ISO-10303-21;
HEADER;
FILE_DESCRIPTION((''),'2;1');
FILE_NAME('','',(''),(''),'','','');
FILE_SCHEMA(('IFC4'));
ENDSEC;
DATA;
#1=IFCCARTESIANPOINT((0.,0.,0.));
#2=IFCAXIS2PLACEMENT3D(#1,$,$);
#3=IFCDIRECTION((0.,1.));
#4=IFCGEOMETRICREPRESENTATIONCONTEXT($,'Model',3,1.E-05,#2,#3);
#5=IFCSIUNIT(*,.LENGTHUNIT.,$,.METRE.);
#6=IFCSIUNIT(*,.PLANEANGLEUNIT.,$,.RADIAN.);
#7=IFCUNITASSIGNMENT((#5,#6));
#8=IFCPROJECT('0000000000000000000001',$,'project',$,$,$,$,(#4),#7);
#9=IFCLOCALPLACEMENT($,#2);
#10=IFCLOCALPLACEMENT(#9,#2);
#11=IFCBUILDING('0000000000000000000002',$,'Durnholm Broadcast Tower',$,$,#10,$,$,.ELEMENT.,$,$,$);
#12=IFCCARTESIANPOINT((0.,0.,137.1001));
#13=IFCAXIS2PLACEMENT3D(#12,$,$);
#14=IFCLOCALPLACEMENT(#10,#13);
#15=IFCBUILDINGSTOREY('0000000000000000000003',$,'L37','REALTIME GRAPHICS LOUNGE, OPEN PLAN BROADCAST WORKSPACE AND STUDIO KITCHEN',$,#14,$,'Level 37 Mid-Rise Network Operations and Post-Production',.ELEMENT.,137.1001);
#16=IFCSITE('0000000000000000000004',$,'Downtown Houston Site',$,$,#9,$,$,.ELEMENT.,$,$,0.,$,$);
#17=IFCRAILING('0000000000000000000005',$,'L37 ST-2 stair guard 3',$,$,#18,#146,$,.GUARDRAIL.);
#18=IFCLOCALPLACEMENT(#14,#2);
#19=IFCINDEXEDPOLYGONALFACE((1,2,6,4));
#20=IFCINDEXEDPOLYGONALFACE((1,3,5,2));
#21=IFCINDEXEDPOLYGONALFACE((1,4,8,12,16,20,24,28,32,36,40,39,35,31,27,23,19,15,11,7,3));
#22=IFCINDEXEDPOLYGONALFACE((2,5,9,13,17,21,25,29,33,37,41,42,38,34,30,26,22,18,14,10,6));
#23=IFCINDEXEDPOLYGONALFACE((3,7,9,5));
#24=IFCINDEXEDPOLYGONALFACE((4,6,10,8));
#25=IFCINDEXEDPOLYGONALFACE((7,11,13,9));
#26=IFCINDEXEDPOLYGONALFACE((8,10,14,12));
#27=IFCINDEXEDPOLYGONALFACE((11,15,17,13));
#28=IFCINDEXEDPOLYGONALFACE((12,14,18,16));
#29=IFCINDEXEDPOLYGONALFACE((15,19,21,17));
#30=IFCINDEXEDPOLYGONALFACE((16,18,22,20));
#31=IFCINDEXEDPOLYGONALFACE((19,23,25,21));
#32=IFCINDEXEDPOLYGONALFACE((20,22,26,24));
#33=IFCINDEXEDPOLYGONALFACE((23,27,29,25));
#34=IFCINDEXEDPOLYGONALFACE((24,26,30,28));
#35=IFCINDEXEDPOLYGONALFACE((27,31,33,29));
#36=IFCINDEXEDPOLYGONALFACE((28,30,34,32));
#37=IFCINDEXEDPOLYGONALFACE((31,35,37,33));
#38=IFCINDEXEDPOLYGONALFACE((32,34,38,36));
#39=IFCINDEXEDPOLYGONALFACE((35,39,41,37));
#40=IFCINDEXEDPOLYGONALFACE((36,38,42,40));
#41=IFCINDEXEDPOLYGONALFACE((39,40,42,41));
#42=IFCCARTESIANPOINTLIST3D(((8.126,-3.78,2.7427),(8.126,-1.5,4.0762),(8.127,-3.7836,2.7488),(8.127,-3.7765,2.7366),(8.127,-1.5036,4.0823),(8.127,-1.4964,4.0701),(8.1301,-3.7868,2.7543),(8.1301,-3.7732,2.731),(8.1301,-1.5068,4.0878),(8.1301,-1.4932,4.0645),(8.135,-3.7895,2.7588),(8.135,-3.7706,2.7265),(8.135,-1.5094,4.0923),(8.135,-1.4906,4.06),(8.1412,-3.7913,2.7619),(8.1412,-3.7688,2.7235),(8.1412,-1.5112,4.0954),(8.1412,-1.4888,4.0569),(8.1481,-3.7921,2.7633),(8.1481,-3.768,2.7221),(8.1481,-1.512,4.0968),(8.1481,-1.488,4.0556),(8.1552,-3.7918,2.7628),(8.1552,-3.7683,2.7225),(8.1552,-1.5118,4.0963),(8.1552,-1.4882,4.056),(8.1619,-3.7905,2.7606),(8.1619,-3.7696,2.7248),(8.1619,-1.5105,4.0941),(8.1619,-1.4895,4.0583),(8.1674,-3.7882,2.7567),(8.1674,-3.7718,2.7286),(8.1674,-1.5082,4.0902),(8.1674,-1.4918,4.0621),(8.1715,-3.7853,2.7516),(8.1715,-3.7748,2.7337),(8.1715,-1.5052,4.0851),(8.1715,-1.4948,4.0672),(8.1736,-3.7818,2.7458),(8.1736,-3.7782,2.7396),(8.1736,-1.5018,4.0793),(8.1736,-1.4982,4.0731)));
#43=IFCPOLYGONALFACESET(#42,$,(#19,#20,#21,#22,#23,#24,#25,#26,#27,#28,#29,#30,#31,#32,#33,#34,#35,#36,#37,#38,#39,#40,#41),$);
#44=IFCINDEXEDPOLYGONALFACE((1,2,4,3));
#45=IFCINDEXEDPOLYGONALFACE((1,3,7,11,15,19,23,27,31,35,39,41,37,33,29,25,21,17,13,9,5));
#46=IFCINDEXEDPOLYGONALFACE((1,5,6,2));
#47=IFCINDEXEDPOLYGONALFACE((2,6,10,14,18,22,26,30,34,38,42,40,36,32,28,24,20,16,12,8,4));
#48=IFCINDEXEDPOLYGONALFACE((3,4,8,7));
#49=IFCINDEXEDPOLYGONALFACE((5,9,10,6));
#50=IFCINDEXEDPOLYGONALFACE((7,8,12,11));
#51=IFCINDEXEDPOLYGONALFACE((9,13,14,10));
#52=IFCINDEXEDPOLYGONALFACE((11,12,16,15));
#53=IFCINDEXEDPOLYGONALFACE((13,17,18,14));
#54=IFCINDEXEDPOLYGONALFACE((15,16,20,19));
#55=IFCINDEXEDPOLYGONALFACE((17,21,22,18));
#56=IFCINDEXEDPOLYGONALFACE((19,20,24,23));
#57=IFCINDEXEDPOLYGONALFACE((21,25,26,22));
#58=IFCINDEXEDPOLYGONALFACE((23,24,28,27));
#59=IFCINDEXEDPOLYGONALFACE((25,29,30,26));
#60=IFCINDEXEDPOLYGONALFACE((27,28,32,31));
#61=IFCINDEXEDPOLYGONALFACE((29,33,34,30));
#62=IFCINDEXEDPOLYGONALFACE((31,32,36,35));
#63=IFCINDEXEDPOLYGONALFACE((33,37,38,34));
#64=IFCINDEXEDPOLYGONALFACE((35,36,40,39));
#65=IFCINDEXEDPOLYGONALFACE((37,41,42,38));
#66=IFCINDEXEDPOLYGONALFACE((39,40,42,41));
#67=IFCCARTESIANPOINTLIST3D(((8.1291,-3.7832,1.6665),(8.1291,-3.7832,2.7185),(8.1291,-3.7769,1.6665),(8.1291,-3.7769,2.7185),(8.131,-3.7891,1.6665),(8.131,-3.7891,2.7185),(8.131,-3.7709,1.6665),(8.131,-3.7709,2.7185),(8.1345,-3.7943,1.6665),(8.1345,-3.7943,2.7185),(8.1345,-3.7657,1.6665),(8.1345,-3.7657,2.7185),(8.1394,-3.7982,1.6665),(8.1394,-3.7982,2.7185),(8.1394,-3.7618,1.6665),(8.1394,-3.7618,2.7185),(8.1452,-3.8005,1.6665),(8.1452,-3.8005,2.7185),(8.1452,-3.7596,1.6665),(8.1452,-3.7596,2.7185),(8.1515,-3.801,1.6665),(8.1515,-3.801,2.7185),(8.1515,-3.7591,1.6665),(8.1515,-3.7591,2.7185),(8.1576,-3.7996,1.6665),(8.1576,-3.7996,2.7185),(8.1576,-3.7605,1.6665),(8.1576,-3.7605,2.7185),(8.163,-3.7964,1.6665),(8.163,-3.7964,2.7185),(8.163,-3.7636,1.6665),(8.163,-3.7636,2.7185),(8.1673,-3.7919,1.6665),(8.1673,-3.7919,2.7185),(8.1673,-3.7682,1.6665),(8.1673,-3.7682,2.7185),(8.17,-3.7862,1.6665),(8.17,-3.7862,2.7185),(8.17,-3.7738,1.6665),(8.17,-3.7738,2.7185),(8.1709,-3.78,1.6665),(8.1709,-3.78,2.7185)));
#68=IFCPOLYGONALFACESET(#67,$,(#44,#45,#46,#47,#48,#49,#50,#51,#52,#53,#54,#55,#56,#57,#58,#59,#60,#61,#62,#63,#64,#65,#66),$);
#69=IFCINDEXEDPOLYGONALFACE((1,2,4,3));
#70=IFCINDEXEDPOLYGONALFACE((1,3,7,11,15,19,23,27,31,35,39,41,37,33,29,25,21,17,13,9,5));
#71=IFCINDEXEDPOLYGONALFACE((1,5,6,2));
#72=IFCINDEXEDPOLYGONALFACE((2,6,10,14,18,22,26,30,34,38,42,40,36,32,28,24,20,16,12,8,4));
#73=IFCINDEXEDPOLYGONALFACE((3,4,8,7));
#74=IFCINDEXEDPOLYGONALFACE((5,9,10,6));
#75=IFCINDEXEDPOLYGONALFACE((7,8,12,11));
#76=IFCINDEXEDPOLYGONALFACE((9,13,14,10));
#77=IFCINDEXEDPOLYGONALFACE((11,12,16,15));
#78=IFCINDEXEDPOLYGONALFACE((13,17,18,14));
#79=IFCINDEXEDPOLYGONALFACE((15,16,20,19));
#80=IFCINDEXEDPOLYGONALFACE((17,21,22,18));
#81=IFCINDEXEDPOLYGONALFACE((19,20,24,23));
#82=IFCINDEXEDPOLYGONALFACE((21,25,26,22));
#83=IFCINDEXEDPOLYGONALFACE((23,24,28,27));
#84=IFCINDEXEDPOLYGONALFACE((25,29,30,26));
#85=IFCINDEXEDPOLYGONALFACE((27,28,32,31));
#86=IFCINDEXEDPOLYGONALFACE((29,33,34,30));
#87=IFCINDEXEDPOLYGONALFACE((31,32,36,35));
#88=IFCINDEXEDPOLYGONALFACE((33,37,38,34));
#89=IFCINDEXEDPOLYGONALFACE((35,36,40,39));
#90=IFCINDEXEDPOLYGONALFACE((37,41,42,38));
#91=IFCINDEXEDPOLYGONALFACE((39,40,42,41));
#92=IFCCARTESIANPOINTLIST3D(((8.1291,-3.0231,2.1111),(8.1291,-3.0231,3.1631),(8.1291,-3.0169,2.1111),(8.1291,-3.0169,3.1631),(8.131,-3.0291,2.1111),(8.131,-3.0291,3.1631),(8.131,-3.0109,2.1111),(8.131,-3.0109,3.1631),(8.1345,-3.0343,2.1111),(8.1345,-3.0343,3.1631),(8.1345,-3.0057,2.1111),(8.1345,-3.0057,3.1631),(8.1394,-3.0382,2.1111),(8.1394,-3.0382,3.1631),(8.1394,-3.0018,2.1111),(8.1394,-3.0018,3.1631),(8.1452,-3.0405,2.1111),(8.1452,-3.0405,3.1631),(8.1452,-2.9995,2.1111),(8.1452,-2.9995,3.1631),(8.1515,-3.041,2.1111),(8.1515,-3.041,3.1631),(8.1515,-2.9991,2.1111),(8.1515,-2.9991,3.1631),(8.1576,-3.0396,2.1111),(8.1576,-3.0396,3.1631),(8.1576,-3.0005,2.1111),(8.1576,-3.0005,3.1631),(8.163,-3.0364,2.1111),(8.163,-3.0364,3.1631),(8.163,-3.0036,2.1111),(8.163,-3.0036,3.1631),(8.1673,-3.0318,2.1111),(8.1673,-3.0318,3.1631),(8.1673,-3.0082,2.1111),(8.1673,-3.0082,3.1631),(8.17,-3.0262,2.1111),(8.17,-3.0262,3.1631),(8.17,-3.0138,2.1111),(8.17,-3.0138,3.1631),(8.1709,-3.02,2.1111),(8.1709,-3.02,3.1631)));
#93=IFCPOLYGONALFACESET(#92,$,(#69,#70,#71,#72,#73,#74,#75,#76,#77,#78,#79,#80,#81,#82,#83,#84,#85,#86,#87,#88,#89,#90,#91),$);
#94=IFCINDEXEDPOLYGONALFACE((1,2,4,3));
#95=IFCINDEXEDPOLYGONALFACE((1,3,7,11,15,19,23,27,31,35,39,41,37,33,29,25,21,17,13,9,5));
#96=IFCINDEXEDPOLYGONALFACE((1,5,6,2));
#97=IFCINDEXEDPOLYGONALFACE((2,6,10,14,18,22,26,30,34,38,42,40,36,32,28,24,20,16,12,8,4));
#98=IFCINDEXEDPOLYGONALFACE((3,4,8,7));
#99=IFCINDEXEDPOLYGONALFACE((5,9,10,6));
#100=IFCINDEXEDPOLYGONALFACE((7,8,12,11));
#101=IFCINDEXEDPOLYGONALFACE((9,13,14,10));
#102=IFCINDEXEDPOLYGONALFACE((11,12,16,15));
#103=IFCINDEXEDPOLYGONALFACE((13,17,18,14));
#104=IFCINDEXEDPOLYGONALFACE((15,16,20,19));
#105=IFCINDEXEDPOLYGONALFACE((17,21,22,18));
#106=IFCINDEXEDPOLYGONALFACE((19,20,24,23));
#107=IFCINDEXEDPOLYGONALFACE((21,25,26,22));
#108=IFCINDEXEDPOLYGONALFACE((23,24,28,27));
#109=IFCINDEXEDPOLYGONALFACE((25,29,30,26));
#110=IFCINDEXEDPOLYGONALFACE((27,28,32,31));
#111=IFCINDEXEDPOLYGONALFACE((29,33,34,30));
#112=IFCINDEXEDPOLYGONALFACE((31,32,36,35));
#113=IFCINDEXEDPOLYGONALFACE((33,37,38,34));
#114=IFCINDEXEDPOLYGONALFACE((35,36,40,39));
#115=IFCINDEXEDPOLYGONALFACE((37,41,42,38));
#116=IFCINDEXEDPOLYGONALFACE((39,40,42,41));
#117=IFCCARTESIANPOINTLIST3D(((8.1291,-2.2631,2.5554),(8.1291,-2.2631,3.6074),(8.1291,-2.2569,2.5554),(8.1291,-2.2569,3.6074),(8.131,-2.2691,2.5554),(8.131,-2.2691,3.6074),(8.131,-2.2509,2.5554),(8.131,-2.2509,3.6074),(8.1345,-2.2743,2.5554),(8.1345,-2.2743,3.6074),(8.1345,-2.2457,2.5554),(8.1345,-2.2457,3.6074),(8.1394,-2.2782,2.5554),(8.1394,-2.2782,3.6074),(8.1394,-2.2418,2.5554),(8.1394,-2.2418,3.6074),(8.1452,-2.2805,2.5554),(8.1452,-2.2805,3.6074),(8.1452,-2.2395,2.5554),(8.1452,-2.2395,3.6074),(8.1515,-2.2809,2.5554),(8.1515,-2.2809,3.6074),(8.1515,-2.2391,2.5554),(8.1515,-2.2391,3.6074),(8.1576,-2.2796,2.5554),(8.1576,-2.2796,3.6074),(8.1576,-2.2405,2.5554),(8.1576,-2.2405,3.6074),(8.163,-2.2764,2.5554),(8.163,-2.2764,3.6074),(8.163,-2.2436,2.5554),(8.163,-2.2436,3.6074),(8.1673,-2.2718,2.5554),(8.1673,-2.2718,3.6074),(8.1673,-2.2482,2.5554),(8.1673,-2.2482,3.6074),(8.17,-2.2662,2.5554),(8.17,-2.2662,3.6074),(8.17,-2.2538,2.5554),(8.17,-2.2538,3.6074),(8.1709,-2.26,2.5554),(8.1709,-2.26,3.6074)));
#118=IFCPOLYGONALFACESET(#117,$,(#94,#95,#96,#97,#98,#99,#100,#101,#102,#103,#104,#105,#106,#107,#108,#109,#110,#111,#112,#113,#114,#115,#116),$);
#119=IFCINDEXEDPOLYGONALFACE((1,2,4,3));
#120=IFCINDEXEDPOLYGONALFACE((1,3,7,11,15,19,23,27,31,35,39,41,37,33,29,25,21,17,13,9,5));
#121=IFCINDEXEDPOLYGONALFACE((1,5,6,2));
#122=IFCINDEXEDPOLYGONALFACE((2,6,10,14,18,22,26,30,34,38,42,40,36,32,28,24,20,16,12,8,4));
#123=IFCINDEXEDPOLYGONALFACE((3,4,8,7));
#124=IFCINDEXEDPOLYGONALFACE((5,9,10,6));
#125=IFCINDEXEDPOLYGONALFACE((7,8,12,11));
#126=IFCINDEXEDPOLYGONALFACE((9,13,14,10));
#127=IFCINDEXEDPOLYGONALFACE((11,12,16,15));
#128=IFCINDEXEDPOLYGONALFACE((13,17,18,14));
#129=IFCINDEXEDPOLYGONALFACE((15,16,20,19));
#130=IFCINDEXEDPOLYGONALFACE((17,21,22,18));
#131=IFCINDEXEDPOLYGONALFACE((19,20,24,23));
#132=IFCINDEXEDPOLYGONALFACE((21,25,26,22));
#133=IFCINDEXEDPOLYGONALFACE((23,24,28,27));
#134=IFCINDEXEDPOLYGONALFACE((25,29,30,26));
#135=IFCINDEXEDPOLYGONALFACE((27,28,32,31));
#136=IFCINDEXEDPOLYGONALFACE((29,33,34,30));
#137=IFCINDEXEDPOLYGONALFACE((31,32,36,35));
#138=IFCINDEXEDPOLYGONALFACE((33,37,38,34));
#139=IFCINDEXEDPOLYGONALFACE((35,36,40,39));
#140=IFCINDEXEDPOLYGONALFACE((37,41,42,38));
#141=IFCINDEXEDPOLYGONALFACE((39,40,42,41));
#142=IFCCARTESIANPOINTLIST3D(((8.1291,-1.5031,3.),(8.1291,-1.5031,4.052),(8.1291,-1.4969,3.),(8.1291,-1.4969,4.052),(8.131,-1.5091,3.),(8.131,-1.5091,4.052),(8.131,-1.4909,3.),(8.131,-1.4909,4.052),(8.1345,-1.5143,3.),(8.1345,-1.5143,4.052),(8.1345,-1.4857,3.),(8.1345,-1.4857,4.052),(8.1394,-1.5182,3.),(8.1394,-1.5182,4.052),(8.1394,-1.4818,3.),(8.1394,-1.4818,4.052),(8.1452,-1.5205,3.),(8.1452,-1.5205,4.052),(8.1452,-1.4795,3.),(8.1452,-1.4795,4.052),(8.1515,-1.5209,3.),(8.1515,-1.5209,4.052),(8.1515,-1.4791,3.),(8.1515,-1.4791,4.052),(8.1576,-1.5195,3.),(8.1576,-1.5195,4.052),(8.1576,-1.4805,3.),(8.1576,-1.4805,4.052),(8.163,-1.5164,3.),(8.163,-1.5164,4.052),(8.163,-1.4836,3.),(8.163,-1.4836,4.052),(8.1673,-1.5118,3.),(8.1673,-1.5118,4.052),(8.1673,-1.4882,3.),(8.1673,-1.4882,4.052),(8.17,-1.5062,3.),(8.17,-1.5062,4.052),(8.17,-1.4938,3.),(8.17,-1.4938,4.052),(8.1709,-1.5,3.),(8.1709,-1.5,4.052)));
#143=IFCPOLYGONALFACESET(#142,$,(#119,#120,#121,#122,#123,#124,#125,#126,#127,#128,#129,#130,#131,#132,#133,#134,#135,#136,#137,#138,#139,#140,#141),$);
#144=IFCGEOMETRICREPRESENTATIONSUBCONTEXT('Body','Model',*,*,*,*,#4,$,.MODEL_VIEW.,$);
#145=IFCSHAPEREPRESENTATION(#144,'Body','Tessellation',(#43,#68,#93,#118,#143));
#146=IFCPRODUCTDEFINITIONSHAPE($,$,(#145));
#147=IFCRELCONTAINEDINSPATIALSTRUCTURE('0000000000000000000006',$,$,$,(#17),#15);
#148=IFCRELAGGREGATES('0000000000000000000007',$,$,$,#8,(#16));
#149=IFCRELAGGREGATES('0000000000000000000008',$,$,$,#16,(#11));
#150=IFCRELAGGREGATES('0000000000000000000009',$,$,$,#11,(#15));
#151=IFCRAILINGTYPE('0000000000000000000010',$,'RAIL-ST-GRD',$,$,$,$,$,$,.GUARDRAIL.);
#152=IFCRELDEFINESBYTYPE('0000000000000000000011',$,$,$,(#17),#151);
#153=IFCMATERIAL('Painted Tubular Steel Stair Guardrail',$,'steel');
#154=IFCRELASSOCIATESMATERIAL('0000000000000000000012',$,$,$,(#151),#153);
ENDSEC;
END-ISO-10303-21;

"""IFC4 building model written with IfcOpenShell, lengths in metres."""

from ifc_helpers import new_model, si_unit, direction, frame, origin, origin_2d, place, context, subcontext, project, spatial, circle, extrude, material, type_object, element, save


model = new_model("IFC4")

# Units and contexts
model_context = context("Model", 3, precision=1e-05, world=origin(), true_north=direction((0.0, 1.0)))
body_context = subcontext(model_context, "Body", "Model", "MODEL_VIEW")
ifc_project = project(units=[si_unit("LENGTHUNIT", "METRE"), si_unit("PLANEANGLEUNIT", "RADIAN")], contexts=[model_context])

# Site, building, storey
site_placement = place(None, origin())
site = spatial("IfcSite", under=ifc_project, at=site_placement, Name="Downtown Houston Site", CompositionType="ELEMENT", RefElevation=0.0)
building_placement = place(site_placement, origin())
building = spatial("IfcBuilding", under=site, at=building_placement, Name="Durnholm Broadcast Tower", CompositionType="ELEMENT")
storey_placement = place(building_placement, frame((0.0, 0.0, 137.1001)))
storey = spatial("IfcBuildingStorey", under=building, at=storey_placement, Name="L37", Description="REALTIME GRAPHICS LOUNGE, OPEN PLAN BROADCAST WORKSPACE AND STUDIO KITCHEN", LongName="Level 37 Mid-Rise Network Operations and Post-Production", CompositionType="ELEMENT", Elevation=137.1001)

# Railing
ifc_material_1 = material(Name="Painted Tubular Steel Stair Guardrail", Category="steel")
railing_type_1 = type_object("IfcRailingType", Name="RAIL-ST-GRD", PredefinedType="GUARDRAIL", material=ifc_material_1)
railing_1_placement = place(storey_placement, frame((8.1499, -3.78, 1.6665)))
element("IfcRailing", 1, at=railing_1_placement, inside=storey, type_object=railing_type_1, Name="L37 ST-2 stair guard 3", PredefinedType="GUARDRAIL", context=body_context, shape_type="SweptSolid", body=[
    extrude(circle(Radius=0.0239, at=origin_2d()), frame((0.0, 0.0, 1.0762), z_axis=(0.0, 0.863205, 0.504853), x_axis=(-1.0, 0.0, 0.0)), (0.0, 0.0, 1.0), 2.6414),
    extrude(circle(Radius=0.021, at=origin_2d()), origin(), (0.0, 0.0, 1.0), 1.052),
    extrude(circle(Radius=0.021, at=origin_2d()), frame((0.0, 0.76, 0.4446)), (0.0, 0.0, 1.0), 1.052),
    extrude(circle(Radius=0.021, at=origin_2d()), frame((0.0, 1.52, 0.8889)), (0.0, 0.0, 1.0), 1.052),
    extrude(circle(Radius=0.021, at=origin_2d()), frame((0.0, 2.28, 1.3335)), (0.0, 0.0, 1.0), 1.052),
])

save(model, "model.ifc")
